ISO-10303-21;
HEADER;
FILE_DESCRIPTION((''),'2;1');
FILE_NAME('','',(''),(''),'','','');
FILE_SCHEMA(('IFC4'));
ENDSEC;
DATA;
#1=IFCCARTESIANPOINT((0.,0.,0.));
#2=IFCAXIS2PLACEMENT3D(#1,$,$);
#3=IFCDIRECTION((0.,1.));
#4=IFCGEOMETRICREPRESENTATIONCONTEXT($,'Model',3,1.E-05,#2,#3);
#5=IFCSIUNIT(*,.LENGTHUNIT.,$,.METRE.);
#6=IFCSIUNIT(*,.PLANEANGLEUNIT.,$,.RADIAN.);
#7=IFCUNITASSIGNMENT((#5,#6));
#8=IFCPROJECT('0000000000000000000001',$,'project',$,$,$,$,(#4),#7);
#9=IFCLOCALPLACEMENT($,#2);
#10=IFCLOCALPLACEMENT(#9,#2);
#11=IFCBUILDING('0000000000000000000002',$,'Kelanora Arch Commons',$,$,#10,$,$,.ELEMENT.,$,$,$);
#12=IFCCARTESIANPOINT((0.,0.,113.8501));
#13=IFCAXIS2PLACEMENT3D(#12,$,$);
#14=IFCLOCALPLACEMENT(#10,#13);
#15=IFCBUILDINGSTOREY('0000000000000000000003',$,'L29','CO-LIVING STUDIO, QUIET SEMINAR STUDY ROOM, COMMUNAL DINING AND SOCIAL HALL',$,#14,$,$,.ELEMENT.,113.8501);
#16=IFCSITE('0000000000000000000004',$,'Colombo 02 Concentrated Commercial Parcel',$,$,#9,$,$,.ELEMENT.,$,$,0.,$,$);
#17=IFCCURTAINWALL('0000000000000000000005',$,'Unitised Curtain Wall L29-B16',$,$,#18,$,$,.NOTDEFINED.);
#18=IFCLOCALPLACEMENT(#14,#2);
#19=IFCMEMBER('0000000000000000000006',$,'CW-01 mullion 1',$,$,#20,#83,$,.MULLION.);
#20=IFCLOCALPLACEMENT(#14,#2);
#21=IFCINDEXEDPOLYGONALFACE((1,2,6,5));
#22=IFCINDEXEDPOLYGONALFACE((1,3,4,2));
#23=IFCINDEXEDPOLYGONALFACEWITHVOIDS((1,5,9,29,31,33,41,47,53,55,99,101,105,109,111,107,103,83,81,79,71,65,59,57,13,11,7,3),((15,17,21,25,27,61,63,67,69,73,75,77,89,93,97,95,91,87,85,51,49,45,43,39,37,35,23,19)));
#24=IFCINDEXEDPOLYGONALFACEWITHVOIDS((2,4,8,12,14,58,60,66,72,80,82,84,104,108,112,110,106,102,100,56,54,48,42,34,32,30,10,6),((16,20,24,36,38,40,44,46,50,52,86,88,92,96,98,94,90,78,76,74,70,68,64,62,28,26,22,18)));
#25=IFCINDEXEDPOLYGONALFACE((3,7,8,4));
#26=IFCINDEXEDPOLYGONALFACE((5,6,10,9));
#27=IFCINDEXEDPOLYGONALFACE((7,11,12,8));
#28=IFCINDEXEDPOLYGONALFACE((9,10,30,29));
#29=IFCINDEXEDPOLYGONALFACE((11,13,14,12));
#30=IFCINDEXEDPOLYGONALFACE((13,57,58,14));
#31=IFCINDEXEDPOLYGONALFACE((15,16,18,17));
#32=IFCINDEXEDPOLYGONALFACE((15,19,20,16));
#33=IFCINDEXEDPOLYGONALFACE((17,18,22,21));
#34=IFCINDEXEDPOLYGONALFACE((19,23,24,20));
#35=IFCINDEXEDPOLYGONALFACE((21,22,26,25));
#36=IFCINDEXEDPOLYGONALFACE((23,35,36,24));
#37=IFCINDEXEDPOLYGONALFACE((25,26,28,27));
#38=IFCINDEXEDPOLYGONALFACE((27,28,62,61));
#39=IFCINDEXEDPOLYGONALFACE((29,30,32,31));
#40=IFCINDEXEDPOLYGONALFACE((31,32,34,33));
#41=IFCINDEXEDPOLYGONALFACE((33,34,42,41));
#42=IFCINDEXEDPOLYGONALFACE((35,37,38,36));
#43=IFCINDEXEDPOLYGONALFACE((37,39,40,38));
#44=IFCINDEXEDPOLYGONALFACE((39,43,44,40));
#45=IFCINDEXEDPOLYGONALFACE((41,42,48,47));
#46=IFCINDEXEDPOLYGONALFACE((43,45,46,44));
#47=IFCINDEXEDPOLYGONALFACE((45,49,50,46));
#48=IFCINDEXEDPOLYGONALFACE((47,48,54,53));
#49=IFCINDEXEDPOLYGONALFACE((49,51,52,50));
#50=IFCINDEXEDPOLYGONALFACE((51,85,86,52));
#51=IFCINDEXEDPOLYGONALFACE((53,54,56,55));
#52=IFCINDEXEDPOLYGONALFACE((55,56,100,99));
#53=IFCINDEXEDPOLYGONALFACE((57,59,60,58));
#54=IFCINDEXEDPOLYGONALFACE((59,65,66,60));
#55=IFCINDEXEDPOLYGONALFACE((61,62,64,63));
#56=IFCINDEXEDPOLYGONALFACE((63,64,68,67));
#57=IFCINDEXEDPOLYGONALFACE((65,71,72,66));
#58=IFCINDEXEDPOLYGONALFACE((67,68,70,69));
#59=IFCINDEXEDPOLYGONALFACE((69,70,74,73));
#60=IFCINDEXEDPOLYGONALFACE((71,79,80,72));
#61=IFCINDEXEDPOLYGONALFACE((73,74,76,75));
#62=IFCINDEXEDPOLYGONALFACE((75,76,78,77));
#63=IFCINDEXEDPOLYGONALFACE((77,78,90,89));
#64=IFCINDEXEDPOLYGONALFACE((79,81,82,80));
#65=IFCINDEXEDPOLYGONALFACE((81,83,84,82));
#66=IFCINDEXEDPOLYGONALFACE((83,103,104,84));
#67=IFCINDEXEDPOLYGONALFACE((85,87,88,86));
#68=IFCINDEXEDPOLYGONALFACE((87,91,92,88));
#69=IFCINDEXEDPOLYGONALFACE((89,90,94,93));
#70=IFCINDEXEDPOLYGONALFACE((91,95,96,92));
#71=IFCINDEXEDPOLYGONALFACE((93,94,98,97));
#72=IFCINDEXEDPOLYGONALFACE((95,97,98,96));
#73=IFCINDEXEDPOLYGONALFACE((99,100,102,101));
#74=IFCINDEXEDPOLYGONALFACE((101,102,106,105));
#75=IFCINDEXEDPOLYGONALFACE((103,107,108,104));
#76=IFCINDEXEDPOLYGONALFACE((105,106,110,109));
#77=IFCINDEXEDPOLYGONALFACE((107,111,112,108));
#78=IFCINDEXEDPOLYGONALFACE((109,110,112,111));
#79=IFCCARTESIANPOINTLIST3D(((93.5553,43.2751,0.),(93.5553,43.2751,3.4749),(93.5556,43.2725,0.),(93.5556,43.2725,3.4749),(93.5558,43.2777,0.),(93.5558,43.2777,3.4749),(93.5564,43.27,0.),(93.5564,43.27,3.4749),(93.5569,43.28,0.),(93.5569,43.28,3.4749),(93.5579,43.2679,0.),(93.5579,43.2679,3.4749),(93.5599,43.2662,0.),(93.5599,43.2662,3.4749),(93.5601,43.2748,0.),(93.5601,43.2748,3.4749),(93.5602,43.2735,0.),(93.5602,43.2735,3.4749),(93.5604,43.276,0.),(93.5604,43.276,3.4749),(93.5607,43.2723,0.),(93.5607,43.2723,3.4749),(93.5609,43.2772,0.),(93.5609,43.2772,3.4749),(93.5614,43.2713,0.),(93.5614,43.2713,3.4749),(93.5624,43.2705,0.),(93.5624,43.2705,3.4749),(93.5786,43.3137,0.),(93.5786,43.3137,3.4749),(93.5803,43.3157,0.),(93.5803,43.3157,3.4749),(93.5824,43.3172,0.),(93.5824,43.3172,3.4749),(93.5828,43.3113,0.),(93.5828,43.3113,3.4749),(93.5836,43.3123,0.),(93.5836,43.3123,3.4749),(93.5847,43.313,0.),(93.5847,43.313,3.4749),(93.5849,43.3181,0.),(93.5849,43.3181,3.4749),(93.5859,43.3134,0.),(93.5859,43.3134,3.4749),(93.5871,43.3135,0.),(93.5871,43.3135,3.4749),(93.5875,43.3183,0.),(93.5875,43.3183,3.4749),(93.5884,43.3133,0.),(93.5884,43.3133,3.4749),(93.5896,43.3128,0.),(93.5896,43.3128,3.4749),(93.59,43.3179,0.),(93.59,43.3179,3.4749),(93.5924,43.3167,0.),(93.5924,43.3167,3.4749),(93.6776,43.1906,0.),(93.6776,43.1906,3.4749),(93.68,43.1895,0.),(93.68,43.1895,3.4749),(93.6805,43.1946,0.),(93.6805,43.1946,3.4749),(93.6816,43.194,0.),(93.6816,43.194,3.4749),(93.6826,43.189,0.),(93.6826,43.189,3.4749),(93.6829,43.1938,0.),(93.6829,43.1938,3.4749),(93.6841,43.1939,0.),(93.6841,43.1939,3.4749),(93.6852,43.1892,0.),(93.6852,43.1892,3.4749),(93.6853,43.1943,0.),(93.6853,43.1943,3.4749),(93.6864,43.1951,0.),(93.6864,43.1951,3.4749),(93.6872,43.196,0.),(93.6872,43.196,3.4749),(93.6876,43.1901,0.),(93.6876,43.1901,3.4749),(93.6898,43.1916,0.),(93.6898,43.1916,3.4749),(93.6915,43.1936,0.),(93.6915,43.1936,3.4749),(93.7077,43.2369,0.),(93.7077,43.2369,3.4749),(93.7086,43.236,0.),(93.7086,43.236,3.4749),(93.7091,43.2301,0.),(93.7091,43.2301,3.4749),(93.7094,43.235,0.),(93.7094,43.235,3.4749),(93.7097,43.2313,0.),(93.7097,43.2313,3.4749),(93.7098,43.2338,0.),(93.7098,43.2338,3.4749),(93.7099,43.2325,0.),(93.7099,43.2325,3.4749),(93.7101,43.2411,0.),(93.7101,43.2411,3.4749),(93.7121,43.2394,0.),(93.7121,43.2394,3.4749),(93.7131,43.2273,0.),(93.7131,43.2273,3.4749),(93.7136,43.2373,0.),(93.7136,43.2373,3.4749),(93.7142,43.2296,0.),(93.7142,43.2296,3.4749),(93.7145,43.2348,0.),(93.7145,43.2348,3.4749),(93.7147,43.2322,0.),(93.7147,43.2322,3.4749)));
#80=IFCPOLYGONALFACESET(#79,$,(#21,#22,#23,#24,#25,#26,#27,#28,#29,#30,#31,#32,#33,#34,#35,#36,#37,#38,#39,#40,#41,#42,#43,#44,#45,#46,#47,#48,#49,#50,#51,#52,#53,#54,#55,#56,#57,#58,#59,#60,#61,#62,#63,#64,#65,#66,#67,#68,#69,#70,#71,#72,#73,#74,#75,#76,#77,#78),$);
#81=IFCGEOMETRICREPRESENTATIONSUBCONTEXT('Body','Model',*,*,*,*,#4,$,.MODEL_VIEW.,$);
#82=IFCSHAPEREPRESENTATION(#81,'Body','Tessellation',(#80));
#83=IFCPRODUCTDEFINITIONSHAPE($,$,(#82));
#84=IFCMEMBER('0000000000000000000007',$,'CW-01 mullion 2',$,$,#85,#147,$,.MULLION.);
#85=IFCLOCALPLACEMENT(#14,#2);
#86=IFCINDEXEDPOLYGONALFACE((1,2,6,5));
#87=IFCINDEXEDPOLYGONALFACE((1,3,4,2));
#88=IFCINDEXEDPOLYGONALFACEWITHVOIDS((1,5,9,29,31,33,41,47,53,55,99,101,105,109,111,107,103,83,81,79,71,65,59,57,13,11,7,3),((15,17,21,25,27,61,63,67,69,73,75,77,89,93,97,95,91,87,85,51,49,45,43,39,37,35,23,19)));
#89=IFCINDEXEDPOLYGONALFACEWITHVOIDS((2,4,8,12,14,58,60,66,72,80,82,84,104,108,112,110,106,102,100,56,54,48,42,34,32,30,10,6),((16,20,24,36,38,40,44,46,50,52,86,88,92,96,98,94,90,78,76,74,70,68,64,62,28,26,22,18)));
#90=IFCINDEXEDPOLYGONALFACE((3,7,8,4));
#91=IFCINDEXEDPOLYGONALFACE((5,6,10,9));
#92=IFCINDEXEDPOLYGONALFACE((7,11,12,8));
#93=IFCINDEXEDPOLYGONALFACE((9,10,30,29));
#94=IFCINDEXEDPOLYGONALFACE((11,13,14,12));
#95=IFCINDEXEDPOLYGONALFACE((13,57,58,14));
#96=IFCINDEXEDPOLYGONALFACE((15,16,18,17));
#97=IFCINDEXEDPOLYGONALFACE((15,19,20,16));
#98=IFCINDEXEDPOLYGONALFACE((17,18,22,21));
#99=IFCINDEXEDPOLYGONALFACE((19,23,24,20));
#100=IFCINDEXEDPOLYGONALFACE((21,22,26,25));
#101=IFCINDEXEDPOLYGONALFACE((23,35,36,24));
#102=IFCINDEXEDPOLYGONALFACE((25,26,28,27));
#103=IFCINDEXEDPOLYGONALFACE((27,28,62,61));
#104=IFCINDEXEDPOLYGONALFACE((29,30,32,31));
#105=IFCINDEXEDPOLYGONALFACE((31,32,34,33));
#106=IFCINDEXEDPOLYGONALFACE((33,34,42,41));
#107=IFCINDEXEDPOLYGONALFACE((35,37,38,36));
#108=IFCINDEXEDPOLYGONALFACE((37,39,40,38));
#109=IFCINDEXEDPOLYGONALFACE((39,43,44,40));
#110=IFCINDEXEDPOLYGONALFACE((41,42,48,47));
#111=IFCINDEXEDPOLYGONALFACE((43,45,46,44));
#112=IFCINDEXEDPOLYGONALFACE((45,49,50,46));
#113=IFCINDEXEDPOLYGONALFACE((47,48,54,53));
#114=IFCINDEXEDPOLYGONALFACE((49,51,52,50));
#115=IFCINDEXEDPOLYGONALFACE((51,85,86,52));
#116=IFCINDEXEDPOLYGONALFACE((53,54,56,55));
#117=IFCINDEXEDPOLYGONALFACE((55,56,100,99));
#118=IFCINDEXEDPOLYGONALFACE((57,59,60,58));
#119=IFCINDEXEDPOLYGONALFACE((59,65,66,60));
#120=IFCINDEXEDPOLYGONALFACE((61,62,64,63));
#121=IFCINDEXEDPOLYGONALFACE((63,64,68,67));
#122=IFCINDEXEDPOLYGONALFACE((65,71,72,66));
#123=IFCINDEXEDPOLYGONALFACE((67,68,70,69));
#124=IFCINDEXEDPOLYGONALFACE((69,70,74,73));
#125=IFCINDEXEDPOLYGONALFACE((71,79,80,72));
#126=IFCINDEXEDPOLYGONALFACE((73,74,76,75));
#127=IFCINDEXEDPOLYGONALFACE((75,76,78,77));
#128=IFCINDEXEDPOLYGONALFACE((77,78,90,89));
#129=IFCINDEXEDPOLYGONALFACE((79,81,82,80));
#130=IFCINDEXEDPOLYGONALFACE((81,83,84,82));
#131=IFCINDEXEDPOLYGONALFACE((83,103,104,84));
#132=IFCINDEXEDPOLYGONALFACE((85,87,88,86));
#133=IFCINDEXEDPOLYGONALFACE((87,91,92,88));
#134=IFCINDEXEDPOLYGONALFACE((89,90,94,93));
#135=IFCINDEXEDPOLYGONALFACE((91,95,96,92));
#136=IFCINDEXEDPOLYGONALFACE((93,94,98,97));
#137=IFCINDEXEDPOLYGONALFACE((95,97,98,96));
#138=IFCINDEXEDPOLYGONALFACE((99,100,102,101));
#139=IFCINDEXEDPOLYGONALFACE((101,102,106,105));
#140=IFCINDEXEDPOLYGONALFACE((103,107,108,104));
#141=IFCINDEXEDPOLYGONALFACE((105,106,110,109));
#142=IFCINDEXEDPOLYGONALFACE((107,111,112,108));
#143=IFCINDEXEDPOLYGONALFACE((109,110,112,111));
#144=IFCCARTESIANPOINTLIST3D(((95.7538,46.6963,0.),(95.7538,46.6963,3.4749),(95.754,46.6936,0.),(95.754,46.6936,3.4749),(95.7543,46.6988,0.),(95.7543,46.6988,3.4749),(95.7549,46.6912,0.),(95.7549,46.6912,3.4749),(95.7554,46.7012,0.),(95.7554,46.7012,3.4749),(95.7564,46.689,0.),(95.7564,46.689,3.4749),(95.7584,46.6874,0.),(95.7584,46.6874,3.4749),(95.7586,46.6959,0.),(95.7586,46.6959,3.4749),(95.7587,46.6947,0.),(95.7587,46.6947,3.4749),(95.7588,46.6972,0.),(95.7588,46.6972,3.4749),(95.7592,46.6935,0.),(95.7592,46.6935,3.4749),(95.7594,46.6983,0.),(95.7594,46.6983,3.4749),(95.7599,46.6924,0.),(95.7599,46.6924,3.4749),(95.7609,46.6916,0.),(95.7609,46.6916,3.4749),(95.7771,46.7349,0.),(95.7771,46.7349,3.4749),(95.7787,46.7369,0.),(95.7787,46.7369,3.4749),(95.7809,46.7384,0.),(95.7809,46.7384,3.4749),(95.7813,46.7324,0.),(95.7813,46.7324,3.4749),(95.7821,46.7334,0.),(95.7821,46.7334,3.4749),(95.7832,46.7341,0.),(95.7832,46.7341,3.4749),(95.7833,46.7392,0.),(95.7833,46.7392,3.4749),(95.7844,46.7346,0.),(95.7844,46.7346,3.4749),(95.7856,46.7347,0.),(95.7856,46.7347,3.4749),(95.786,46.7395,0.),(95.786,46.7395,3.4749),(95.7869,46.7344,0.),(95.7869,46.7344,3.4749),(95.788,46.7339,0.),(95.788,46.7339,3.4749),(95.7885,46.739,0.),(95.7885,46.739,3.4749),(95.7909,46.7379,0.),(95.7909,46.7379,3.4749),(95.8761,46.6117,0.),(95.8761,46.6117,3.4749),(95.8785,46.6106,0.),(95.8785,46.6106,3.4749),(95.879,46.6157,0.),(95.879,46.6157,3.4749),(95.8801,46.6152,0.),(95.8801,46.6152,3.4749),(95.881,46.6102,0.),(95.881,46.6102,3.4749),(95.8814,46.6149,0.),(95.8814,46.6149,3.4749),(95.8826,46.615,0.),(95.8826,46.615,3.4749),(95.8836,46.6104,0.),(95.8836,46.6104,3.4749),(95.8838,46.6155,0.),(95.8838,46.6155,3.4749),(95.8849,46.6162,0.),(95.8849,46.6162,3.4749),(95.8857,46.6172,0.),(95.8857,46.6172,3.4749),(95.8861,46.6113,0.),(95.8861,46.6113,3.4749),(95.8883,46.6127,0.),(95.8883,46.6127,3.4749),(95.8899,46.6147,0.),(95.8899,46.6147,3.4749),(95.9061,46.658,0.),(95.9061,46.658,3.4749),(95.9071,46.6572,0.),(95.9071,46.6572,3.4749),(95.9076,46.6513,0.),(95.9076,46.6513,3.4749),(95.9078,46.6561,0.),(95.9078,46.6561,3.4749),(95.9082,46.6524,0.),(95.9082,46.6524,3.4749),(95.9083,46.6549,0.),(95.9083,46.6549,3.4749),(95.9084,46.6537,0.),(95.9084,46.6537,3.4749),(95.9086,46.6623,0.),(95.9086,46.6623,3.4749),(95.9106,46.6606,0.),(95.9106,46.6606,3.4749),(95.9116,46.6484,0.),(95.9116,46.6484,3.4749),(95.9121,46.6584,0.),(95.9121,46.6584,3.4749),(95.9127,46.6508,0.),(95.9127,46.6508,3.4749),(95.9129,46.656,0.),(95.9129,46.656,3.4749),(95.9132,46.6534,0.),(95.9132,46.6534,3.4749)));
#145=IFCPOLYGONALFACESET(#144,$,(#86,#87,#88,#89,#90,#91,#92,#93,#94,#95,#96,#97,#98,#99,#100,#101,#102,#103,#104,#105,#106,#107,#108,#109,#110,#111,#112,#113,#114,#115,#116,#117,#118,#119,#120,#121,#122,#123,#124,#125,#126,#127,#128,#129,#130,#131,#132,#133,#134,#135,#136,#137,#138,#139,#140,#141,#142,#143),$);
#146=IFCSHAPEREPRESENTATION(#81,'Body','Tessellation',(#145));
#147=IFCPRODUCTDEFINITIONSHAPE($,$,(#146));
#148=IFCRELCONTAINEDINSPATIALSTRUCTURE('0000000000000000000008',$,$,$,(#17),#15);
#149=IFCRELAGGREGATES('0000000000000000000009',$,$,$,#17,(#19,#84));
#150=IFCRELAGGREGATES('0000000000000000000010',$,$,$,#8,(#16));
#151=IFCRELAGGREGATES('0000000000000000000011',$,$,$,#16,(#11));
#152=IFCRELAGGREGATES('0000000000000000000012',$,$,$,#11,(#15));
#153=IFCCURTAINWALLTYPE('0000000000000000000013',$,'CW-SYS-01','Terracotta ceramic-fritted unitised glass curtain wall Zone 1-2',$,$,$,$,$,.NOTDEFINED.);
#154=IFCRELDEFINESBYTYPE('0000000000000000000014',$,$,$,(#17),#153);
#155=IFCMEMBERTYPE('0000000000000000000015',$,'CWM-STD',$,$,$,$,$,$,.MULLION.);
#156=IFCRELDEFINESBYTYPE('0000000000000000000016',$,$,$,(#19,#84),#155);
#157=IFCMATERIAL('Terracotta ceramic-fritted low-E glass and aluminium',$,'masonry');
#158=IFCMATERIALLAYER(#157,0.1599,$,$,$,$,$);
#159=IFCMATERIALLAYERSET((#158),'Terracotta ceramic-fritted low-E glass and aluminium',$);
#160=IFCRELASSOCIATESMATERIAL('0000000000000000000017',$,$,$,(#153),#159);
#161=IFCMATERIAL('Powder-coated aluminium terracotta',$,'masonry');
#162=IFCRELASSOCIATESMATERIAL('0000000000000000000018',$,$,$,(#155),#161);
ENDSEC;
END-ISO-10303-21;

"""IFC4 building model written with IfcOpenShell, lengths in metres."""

from ifc_helpers import new_model, si_unit, direction, frame, origin, origin_2d, place, context, subcontext, project, spatial, hollow_rectangle, extrude, material, layer, layer_set, material_profile, profile_set, type_object, element, aggregate, save


model = new_model("IFC4")

# Units and contexts
model_context = context("Model", 3, precision=1e-05, world=origin(), true_north=direction((0.0, 1.0)))
body_context = subcontext(model_context, "Body", "Model", "MODEL_VIEW")
ifc_project = project(units=[si_unit("LENGTHUNIT", "METRE"), si_unit("PLANEANGLEUNIT", "RADIAN")], contexts=[model_context])

# Site, building, storey
site_placement = place(None, origin())
site = spatial("IfcSite", under=ifc_project, at=site_placement, Name="Colombo 02 Concentrated Commercial Parcel", CompositionType="ELEMENT", RefElevation=0.0)
building_placement = place(site_placement, origin())
building = spatial("IfcBuilding", under=site, at=building_placement, Name="Kelanora Arch Commons", CompositionType="ELEMENT")
storey_placement = place(building_placement, frame((0.0, 0.0, 113.8501)))
storey = spatial("IfcBuildingStorey", under=building, at=storey_placement, Name="L29", Description="CO-LIVING STUDIO, QUIET SEMINAR STUDY ROOM, COMMUNAL DINING AND SOCIAL HALL", CompositionType="ELEMENT", Elevation=113.8501)

# Shared definitions
ifc_material_1 = material(Name="Terracotta ceramic-fritted low-E glass and aluminium", Category="masonry")
ifc_layer_1 = layer(ifc_material_1, 0.1599)
ifc_layer_set_1 = layer_set([ifc_layer_1], Name="Terracotta ceramic-fritted low-E glass and aluminium")
curtain_wall_type = type_object("IfcCurtainWallType", Name="CW-SYS-01", Description="Terracotta ceramic-fritted unitised glass curtain wall Zone 1-2", PredefinedType="NOTDEFINED", material=ifc_layer_set_1)
ifc_material_2 = material(Name="Powder-coated aluminium terracotta", Category="masonry")
ifc_material_profile_1 = material_profile(ifc_material_2, hollow_rectangle(XDim=0.1599, YDim=0.0601, WallThickness=0.0049, InnerFilletRadius=0.0049, OuterFilletRadius=0.01, at=origin_2d()), Name="CWM160x60")
ifc_profile_set_1 = profile_set([ifc_material_profile_1], Name="Powder-coated aluminium terracotta")
member_type_1 = type_object("IfcMemberType", Name="CWM-STD", PredefinedType="MULLION", material=ifc_profile_set_1)

# Curtain wall, members
curtain_wall_1_placement = place(storey_placement, origin())
curtain_wall_1 = element("IfcCurtainWall", 1, at=curtain_wall_1_placement, inside=storey, type_object=curtain_wall_type, Name="Unitised Curtain Wall L29-B16", PredefinedType="NOTDEFINED")
member_1_placement = place(storey_placement, frame((93.635, 43.2537, 0.0), z_axis=(0.0, 0.0, 1.0), x_axis=(-0.841269, 0.540617, 0.0)))
member_1 = element("IfcMember", 2, at=member_1_placement, type_object=member_type_1, Name="CW-01 mullion 1", PredefinedType="MULLION", context=body_context, shape_type="SweptSolid", body=[
    extrude(hollow_rectangle(XDim=0.1599, YDim=0.0601, WallThickness=0.0049, InnerFilletRadius=0.0049, OuterFilletRadius=0.01, at=origin_2d()), origin(), (0.0, 0.0, 1.0), 3.4749),
])
member_2_placement = place(storey_placement, frame((95.8335, 46.6748, 0.0), z_axis=(0.0, 0.0, 1.0), x_axis=(-0.841269, 0.540617, 0.0)))
member_2 = element("IfcMember", 3, at=member_2_placement, type_object=member_type_1, Name="CW-01 mullion 2", PredefinedType="MULLION", context=body_context, shape_type="SweptSolid", body=[
    extrude(hollow_rectangle(XDim=0.1599, YDim=0.0601, WallThickness=0.0049, InnerFilletRadius=0.0049, OuterFilletRadius=0.01, at=origin_2d()), origin(), (0.0, 0.0, 1.0), 3.4749),
])

aggregate(curtain_wall_1, [member_1, member_2])

save(model, "model.ifc")
